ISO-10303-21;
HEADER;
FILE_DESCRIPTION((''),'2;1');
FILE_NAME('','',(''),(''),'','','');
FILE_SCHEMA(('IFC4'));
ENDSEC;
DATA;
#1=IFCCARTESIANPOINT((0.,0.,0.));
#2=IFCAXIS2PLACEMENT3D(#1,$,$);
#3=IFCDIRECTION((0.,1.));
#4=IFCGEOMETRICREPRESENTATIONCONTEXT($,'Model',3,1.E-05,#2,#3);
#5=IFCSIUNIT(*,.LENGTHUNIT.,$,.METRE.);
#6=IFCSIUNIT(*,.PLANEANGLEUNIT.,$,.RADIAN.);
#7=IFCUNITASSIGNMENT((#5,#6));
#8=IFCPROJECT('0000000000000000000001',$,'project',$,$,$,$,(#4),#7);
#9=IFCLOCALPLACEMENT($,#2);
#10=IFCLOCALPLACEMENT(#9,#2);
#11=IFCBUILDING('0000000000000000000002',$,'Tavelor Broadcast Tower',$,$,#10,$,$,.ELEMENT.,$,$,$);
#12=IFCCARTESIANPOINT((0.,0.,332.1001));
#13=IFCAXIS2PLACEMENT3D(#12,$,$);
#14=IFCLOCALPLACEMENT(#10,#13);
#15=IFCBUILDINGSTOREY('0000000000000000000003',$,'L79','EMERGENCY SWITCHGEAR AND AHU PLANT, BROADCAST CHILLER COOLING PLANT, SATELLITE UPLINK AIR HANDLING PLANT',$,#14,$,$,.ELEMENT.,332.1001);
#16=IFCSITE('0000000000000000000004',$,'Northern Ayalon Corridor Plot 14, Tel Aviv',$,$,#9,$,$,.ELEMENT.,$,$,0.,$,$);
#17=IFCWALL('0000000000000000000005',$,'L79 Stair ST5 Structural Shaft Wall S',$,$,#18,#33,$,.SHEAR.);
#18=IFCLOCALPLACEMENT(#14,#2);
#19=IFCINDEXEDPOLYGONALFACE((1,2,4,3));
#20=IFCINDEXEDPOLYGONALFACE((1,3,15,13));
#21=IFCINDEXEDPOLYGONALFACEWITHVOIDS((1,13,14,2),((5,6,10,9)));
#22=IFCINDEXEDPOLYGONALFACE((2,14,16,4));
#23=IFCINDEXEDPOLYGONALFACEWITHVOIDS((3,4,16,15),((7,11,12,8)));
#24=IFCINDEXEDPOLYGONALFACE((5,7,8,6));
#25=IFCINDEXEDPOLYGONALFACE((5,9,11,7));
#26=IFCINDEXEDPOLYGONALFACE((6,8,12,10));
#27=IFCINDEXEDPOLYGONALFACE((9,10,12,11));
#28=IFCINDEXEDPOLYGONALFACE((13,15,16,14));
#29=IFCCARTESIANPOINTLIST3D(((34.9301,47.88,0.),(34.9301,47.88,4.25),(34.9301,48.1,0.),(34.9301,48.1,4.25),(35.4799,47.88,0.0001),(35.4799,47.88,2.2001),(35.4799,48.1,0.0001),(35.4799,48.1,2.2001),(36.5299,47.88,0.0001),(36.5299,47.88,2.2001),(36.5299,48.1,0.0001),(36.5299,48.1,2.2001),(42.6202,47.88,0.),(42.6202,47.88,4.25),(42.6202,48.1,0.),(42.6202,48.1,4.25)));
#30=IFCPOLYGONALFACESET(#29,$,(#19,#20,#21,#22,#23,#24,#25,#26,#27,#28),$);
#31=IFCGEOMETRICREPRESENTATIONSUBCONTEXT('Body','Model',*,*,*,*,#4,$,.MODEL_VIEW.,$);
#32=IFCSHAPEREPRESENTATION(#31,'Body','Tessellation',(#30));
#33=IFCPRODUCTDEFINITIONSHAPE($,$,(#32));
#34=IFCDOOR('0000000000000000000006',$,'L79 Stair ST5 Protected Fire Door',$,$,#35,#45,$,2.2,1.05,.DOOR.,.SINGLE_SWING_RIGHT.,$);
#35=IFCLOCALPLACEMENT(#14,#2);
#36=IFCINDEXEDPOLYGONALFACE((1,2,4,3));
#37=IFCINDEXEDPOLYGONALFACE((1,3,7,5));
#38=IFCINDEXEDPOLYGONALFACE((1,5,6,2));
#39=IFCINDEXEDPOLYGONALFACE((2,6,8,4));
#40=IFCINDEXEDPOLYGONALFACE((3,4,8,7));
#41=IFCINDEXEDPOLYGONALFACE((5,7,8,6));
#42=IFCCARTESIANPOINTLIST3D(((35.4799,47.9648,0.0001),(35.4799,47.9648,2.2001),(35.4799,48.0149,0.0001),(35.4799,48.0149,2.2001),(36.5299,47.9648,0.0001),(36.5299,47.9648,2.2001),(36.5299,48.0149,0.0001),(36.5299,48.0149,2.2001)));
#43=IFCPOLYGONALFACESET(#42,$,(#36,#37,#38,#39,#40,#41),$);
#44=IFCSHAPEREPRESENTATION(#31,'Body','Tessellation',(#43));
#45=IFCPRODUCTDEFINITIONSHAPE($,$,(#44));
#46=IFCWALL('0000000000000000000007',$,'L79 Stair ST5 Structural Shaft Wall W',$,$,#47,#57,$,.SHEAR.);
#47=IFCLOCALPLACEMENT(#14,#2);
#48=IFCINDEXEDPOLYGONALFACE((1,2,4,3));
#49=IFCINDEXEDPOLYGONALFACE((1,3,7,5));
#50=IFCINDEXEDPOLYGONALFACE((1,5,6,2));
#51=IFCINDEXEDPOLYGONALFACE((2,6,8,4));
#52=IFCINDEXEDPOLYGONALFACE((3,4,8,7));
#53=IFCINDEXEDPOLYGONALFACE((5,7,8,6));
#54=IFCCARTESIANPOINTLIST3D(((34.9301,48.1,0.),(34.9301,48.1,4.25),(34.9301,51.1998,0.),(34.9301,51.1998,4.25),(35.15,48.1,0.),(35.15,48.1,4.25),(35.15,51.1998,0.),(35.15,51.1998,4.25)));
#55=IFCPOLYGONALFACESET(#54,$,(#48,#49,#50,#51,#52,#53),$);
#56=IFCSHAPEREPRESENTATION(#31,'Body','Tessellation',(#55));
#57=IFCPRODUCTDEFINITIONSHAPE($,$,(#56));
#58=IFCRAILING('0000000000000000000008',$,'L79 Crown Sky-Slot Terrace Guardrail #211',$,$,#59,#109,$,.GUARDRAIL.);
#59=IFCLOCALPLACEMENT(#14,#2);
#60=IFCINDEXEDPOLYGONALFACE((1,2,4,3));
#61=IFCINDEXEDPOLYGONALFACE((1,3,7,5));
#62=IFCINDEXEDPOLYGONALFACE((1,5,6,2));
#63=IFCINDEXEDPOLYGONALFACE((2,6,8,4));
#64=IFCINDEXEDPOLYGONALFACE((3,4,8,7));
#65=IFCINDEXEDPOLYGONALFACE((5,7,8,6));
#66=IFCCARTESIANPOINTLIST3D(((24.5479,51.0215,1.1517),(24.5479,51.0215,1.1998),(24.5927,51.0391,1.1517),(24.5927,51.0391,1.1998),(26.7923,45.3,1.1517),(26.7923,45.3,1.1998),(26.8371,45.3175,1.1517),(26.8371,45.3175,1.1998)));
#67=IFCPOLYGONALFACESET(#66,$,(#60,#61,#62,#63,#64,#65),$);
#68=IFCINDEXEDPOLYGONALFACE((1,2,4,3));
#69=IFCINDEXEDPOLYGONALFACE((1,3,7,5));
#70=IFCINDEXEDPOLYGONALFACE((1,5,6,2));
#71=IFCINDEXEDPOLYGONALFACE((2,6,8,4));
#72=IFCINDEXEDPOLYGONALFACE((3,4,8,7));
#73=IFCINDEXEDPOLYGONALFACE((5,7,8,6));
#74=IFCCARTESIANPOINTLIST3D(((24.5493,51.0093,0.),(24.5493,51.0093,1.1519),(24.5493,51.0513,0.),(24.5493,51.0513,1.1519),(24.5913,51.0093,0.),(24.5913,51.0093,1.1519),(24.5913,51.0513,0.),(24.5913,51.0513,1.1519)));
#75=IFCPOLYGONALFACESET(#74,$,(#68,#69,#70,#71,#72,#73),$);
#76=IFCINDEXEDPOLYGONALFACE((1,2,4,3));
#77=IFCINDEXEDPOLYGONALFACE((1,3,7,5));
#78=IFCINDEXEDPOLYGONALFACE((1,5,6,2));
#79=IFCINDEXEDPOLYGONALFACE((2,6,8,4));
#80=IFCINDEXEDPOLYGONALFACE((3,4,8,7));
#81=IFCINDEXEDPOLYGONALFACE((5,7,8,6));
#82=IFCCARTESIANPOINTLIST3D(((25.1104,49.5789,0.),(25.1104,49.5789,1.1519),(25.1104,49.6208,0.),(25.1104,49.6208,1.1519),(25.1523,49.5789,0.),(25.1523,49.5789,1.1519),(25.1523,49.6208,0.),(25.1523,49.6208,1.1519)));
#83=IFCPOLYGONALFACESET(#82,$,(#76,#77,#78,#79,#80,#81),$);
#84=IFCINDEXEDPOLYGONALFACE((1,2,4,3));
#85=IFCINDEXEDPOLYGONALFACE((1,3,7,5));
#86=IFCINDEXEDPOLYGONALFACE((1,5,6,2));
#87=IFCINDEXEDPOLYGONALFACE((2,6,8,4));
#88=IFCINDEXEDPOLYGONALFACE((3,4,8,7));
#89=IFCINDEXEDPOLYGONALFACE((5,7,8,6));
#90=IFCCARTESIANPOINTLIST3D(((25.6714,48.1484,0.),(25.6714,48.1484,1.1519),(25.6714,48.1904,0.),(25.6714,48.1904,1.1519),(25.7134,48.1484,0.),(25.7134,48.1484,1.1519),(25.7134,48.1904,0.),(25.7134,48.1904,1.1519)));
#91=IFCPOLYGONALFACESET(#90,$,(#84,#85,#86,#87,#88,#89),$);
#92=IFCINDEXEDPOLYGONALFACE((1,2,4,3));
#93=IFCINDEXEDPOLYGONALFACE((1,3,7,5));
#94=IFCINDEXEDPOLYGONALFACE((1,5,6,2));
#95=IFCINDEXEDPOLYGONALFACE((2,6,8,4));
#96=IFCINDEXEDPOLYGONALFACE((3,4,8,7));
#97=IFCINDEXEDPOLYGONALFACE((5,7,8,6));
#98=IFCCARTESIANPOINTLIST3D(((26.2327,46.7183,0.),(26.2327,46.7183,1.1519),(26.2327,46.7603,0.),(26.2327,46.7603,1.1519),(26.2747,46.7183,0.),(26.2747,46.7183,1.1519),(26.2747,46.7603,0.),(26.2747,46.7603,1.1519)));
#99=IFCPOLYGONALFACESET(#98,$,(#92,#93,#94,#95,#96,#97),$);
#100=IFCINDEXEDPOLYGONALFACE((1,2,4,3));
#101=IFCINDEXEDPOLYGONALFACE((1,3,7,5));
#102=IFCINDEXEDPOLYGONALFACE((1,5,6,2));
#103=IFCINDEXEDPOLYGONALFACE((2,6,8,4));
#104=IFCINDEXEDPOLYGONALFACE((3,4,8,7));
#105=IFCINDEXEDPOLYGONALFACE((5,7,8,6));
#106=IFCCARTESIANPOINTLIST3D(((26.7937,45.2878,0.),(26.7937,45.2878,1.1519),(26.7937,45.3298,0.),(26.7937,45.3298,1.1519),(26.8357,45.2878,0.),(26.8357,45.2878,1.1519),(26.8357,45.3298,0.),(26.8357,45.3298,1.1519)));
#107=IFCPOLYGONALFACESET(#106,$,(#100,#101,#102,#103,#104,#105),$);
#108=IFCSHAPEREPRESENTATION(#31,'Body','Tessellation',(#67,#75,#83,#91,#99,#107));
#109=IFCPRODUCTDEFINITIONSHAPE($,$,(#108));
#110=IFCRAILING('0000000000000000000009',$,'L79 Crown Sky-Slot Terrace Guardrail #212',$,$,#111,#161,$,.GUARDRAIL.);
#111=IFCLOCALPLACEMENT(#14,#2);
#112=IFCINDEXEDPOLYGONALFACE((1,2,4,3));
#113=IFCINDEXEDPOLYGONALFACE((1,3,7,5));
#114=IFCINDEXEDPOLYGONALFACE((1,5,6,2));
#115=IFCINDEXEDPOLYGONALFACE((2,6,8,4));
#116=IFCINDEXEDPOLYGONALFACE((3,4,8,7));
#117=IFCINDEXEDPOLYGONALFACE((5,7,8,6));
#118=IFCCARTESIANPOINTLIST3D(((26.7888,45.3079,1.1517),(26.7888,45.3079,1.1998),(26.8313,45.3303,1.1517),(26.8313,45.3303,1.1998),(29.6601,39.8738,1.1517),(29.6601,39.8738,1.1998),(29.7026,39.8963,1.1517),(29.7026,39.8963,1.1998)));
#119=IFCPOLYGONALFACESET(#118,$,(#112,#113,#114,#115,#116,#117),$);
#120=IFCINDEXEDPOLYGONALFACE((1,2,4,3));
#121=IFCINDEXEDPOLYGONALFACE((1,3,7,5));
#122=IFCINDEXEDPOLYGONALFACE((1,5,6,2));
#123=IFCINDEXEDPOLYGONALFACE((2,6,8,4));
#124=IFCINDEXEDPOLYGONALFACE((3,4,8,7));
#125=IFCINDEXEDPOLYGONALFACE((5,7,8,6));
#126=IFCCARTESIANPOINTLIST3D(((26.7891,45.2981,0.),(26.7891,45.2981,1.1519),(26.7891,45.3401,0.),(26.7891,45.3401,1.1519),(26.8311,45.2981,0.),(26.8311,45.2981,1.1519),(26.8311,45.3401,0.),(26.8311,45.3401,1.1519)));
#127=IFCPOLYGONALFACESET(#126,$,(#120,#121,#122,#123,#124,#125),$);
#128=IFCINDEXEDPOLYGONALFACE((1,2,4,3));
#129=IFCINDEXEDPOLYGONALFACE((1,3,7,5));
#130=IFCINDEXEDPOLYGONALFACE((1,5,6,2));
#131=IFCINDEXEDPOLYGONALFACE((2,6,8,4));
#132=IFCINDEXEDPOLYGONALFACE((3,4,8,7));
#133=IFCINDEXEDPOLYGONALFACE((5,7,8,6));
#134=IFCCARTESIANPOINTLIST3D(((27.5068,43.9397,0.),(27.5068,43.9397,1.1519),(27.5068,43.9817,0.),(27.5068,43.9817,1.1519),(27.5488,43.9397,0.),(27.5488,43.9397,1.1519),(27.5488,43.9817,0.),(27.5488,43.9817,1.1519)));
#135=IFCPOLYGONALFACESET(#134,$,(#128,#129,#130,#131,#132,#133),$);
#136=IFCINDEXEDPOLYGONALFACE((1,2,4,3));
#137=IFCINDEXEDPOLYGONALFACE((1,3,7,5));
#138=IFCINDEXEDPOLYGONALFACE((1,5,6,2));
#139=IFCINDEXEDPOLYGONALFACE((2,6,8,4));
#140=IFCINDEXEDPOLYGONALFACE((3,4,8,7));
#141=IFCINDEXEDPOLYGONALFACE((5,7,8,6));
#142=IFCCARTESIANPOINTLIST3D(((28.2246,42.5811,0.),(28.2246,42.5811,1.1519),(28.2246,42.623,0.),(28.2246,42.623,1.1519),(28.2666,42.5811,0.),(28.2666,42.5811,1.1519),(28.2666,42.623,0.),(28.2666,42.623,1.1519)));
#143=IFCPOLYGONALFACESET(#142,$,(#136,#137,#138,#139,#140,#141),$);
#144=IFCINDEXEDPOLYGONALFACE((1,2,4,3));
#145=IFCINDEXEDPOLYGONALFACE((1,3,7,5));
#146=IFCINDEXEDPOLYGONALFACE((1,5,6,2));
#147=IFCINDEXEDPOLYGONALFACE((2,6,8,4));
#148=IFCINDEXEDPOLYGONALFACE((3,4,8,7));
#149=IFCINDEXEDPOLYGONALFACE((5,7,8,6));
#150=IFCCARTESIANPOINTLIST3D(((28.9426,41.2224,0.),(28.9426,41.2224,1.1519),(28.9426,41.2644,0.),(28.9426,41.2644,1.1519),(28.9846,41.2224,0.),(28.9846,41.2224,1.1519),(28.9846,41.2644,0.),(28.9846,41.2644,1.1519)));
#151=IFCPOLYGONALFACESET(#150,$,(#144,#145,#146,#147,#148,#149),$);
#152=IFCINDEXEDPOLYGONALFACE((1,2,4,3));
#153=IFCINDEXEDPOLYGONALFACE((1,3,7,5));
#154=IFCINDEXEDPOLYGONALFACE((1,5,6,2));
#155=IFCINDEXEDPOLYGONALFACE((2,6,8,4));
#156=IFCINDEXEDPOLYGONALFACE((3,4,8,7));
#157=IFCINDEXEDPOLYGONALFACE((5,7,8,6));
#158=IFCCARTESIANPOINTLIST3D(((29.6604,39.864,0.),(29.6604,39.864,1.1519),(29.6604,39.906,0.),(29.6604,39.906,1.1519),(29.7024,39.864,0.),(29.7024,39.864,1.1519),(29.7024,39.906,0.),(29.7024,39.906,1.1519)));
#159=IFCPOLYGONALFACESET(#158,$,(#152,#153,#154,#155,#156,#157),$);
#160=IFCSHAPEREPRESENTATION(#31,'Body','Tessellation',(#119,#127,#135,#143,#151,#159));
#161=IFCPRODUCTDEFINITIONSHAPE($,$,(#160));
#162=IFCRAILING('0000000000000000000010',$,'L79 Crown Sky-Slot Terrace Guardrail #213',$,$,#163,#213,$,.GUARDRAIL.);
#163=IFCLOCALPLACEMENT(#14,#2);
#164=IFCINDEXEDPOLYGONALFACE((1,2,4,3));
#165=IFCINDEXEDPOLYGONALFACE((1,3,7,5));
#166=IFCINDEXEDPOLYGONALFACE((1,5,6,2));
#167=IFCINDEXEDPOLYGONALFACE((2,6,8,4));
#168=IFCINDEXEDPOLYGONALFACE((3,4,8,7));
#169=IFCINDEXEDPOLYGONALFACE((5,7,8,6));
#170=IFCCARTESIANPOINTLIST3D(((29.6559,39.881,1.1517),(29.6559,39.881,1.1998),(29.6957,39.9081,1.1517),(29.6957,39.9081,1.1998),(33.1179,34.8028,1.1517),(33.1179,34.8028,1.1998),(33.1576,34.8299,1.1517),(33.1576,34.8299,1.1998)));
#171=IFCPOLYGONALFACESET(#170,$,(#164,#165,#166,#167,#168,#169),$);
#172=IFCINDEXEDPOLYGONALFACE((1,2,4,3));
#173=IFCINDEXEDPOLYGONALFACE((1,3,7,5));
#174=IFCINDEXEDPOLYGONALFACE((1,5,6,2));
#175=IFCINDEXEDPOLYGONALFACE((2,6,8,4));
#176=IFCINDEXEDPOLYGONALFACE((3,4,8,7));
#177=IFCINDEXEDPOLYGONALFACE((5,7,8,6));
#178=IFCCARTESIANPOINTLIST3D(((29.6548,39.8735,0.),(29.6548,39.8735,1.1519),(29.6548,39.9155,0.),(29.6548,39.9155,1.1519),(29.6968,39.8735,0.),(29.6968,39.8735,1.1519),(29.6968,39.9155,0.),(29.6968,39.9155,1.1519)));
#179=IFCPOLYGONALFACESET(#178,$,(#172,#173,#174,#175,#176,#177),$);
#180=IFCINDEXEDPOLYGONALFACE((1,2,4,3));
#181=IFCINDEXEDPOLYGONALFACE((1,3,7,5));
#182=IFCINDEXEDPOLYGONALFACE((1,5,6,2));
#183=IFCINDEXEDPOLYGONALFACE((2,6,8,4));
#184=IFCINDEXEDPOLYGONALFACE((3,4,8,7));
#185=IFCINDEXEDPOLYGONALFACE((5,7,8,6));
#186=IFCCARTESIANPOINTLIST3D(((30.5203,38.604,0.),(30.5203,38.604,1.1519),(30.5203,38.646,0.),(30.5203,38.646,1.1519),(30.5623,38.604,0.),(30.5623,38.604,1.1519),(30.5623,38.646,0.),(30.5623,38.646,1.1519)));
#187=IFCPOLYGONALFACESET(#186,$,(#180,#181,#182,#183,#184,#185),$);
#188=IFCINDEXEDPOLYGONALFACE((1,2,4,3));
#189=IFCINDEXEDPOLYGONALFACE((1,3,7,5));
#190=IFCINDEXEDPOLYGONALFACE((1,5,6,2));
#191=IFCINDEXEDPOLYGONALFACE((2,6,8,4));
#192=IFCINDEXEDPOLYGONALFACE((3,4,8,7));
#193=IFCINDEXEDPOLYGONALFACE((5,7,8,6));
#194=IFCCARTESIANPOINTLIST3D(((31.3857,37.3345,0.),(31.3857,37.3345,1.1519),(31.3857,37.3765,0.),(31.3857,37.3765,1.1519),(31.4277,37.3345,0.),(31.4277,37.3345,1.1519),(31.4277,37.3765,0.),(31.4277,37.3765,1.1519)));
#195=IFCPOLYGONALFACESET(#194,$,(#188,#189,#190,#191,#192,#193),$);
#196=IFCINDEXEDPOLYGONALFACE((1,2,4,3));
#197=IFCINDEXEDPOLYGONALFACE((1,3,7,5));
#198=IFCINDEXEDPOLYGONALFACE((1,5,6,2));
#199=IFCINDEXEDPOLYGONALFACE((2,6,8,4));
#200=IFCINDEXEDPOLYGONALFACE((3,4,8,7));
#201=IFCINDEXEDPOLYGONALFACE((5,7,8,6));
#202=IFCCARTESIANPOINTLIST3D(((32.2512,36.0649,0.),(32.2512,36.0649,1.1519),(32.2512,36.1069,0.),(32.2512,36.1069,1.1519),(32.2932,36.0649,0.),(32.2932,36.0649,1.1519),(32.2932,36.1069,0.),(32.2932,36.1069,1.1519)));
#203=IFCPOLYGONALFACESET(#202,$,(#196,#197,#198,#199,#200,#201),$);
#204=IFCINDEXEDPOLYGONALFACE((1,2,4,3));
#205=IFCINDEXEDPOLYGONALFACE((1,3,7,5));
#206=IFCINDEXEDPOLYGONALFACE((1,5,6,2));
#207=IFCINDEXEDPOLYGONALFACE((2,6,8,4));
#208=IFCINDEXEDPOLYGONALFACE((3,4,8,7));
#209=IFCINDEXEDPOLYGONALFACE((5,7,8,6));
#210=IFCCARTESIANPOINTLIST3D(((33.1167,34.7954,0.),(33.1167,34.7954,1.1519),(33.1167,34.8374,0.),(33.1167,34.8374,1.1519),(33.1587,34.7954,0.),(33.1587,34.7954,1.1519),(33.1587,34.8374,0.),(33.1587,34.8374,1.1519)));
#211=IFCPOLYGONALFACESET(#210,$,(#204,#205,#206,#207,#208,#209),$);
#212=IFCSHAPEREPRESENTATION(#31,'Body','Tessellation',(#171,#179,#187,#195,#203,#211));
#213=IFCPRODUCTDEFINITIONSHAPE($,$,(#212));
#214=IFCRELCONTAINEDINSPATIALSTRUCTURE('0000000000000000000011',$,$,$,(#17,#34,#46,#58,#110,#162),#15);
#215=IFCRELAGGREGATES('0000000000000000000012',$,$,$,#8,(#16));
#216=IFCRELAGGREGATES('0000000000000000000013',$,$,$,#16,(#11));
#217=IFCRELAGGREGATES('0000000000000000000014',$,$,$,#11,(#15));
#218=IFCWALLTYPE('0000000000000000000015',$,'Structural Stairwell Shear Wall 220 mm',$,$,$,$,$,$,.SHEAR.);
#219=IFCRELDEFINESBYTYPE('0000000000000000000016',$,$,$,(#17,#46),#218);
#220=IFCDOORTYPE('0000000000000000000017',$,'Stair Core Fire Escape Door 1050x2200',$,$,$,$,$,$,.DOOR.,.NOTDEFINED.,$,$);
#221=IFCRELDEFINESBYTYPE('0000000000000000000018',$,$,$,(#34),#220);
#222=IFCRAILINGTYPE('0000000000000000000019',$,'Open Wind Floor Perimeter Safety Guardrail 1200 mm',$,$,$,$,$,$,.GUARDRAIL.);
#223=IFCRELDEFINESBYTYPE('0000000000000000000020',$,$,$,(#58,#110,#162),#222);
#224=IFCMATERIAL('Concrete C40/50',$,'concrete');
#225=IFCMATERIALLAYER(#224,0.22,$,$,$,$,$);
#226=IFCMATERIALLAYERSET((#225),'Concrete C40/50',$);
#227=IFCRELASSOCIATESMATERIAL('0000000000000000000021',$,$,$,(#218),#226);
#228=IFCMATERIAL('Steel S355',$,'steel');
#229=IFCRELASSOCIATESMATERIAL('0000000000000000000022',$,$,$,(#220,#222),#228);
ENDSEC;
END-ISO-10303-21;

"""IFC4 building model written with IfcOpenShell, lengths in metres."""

from ifc_helpers import new_model, si_unit, direction, frame, frame_2d, origin, origin_2d, place, context, subcontext, project, spatial, rectangle, extrude, material, layer, layer_set, type_object, element, fill, save


model = new_model("IFC4")

# Units and contexts
model_context = context("Model", 3, precision=1e-05, world=origin(), true_north=direction((0.0, 1.0)))
body_context = subcontext(model_context, "Body", "Model", "MODEL_VIEW")
ifc_project = project(units=[si_unit("LENGTHUNIT", "METRE"), si_unit("PLANEANGLEUNIT", "RADIAN")], contexts=[model_context])

# Site, building, storey
site_placement = place(None, origin())
site = spatial("IfcSite", under=ifc_project, at=site_placement, Name="Northern Ayalon Corridor Plot 14, Tel Aviv", CompositionType="ELEMENT", RefElevation=0.0)
building_placement = place(site_placement, origin())
building = spatial("IfcBuilding", under=site, at=building_placement, Name="Tavelor Broadcast Tower", CompositionType="ELEMENT")
storey_placement = place(building_placement, frame((0.0, 0.0, 332.1001)))
storey = spatial("IfcBuildingStorey", under=building, at=storey_placement, Name="L79", Description="EMERGENCY SWITCHGEAR AND AHU PLANT, BROADCAST CHILLER COOLING PLANT, SATELLITE UPLINK AIR HANDLING PLANT", CompositionType="ELEMENT", Elevation=332.1001)

# Shared definitions
ifc_material_1 = material(Name="Steel S355", Category="steel")

# Wall, opening, door
ifc_material_2 = material(Name="Concrete C40/50", Category="concrete")
ifc_layer_1 = layer(ifc_material_2, 0.22)
ifc_layer_set_1 = layer_set([ifc_layer_1], Name="Concrete C40/50")
wall_type_1 = type_object("IfcWallType", Name="Structural Stairwell Shear Wall 220 mm", PredefinedType="SHEAR", material=ifc_layer_set_1)
wall_1_placement = place(storey_placement, frame((34.9299, 47.99, 0.0), z_axis=(0.0, 0.0, 1.0), x_axis=(1.0, 0.0, 0.0)))
wall_1 = element("IfcWall", 1, at=wall_1_placement, inside=storey, type_object=wall_type_1, Name="L79 Stair ST5 Structural Shaft Wall S", PredefinedType="SHEAR", context=body_context, shape_type="SweptSolid", body=[
    extrude(rectangle(XDim=7.6902, YDim=0.22, at=frame_2d((3.8452, 0.0))), origin(), (0.0, 0.0, 1.0), 4.25),
])
opening_1_placement = place(wall_1_placement, frame((0.55, 0.0, 0.0)))
opening_1 = element("IfcOpeningElement", 2, at=opening_1_placement, cuts=wall_1, PredefinedType="OPENING", context=body_context, shape_type="SweptSolid", body=[
    extrude(rectangle(XDim=1.05, YDim=2.2, at=frame_2d((0.5249, 1.1001))), frame((0.0, 0.1201, 0.0), z_axis=(0.0, -1.0, 0.0), x_axis=(1.0, 0.0, 0.0)), (0.0, 0.0, 1.0), 0.24),
])
door_type_1 = type_object("IfcDoorType", Name="Stair Core Fire Escape Door 1050x2200", OperationType="NOTDEFINED", PredefinedType="DOOR", material=ifc_material_1)
door_1_placement = place(opening_1_placement, origin())
door_1 = element("IfcDoor", 3, at=door_1_placement, inside=storey, type_object=door_type_1, Name="L79 Stair ST5 Protected Fire Door", OperationType="SINGLE_SWING_RIGHT", OverallHeight=2.2, OverallWidth=1.05, PredefinedType="DOOR", context=body_context, shape_type="SweptSolid", body=[
    extrude(rectangle(XDim=1.05, YDim=2.2, at=frame_2d((0.5249, 1.1001))), frame((0.0, 0.0249, 0.0), z_axis=(0.0, -1.0, 0.0), x_axis=(1.0, 0.0, 0.0)), (0.0, 0.0, 1.0), 0.05),
])
fill(opening_1, door_1)

# Wall
wall_2_placement = place(storey_placement, frame((35.04, 48.1001, 0.0), z_axis=(0.0, 0.0, 1.0), x_axis=(0.0, 1.0, 0.0)))
element("IfcWall", 4, at=wall_2_placement, inside=storey, type_object=wall_type_1, Name="L79 Stair ST5 Structural Shaft Wall W", PredefinedType="SHEAR", context=body_context, shape_type="SweptSolid", body=[
    extrude(rectangle(XDim=3.0999, YDim=0.22, at=frame_2d((1.5498, 0.0))), origin(), (0.0, 0.0, 1.0), 4.25),
])

# Railings
railing_type = type_object("IfcRailingType", Name="Open Wind Floor Perimeter Safety Guardrail 1200 mm", PredefinedType="GUARDRAIL", material=ifc_material_1)
railing_1_placement = place(storey_placement, frame((24.5703, 51.0303, 0.0)))
element("IfcRailing", 5, at=railing_1_placement, inside=storey, type_object=railing_type, Name="L79 Crown Sky-Slot Terrace Guardrail #211", PredefinedType="GUARDRAIL", context=body_context, shape_type="SweptSolid", body=[
    extrude(rectangle(XDim=0.0481, YDim=0.0481, at=origin_2d()), frame((0.0, 0.0, 1.1758), z_axis=(0.365184, -0.930935, 0.0), x_axis=(0.930935, 0.365184, 0.0)), (0.0, 0.0, 1.0), 6.146),
    extrude(rectangle(XDim=0.042, YDim=0.042, at=origin_2d()), origin(), (0.0, 0.0, 1.0), 1.1519),
    extrude(rectangle(XDim=0.042, YDim=0.042, at=origin_2d()), frame((0.561, -1.4304, 0.0)), (0.0, 0.0, 1.0), 1.1519),
    extrude(rectangle(XDim=0.042, YDim=0.042, at=origin_2d()), frame((1.1221, -2.8608, 0.0)), (0.0, 0.0, 1.0), 1.1519),
    extrude(rectangle(XDim=0.042, YDim=0.042, at=origin_2d()), frame((1.6833, -4.291, 0.0)), (0.0, 0.0, 1.0), 1.1519),
    extrude(rectangle(XDim=0.042, YDim=0.042, at=origin_2d()), frame((2.2444, -5.7214, 0.0)), (0.0, 0.0, 1.0), 1.1519),
])
railing_2_placement = place(storey_placement, frame((26.8101, 45.3191, 0.0)))
element("IfcRailing", 6, at=railing_2_placement, inside=storey, type_object=railing_type, Name="L79 Crown Sky-Slot Terrace Guardrail #212", PredefinedType="GUARDRAIL", context=body_context, shape_type="SweptSolid", body=[
    extrude(rectangle(XDim=0.0481, YDim=0.0481, at=origin_2d()), frame((0.0, 0.0, 1.1758), z_axis=(0.467185, -0.88416, 0.0), x_axis=(0.88416, 0.467185, 0.0)), (0.0, 0.0, 1.0), 6.146),
    extrude(rectangle(XDim=0.042, YDim=0.042, at=origin_2d()), origin(), (0.0, 0.0, 1.0), 1.1519),
    extrude(rectangle(XDim=0.042, YDim=0.042, at=origin_2d()), frame((0.7178, -1.3584, 0.0)), (0.0, 0.0, 1.0), 1.1519),
    extrude(rectangle(XDim=0.042, YDim=0.042, at=origin_2d()), frame((1.4355, -2.717, 0.0)), (0.0, 0.0, 1.0), 1.1519),
    extrude(rectangle(XDim=0.042, YDim=0.042, at=origin_2d()), frame((2.1536, -4.0757, 0.0)), (0.0, 0.0, 1.0), 1.1519),
    extrude(rectangle(XDim=0.042, YDim=0.042, at=origin_2d()), frame((2.8713, -5.4341, 0.0)), (0.0, 0.0, 1.0), 1.1519),
])
railing_3_placement = place(storey_placement, frame((29.6758, 39.8945, 0.0)))
element("IfcRailing", 7, at=railing_3_placement, inside=storey, type_object=railing_type, Name="L79 Crown Sky-Slot Terrace Guardrail #213", PredefinedType="GUARDRAIL", context=body_context, shape_type="SweptSolid", body=[
    extrude(rectangle(XDim=0.0481, YDim=0.0481, at=origin_2d()), frame((0.0, 0.0, 1.1758), z_axis=(0.563288, -0.826261, 0.0), x_axis=(0.826261, 0.563288, 0.0)), (0.0, 0.0, 1.0), 6.146),
    extrude(rectangle(XDim=0.042, YDim=0.042, at=origin_2d()), origin(), (0.0, 0.0, 1.0), 1.1519),
    extrude(rectangle(XDim=0.042, YDim=0.042, at=origin_2d()), frame((0.8655, -1.2695, 0.0)), (0.0, 0.0, 1.0), 1.1519),
    extrude(rectangle(XDim=0.042, YDim=0.042, at=origin_2d()), frame((1.731, -2.5391, 0.0)), (0.0, 0.0, 1.0), 1.1519),
    extrude(rectangle(XDim=0.042, YDim=0.042, at=origin_2d()), frame((2.5964, -3.8086, 0.0)), (0.0, 0.0, 1.0), 1.1519),
    extrude(rectangle(XDim=0.042, YDim=0.042, at=origin_2d()), frame((3.4619, -5.0781, 0.0)), (0.0, 0.0, 1.0), 1.1519),
])

save(model, "model.ifc")
